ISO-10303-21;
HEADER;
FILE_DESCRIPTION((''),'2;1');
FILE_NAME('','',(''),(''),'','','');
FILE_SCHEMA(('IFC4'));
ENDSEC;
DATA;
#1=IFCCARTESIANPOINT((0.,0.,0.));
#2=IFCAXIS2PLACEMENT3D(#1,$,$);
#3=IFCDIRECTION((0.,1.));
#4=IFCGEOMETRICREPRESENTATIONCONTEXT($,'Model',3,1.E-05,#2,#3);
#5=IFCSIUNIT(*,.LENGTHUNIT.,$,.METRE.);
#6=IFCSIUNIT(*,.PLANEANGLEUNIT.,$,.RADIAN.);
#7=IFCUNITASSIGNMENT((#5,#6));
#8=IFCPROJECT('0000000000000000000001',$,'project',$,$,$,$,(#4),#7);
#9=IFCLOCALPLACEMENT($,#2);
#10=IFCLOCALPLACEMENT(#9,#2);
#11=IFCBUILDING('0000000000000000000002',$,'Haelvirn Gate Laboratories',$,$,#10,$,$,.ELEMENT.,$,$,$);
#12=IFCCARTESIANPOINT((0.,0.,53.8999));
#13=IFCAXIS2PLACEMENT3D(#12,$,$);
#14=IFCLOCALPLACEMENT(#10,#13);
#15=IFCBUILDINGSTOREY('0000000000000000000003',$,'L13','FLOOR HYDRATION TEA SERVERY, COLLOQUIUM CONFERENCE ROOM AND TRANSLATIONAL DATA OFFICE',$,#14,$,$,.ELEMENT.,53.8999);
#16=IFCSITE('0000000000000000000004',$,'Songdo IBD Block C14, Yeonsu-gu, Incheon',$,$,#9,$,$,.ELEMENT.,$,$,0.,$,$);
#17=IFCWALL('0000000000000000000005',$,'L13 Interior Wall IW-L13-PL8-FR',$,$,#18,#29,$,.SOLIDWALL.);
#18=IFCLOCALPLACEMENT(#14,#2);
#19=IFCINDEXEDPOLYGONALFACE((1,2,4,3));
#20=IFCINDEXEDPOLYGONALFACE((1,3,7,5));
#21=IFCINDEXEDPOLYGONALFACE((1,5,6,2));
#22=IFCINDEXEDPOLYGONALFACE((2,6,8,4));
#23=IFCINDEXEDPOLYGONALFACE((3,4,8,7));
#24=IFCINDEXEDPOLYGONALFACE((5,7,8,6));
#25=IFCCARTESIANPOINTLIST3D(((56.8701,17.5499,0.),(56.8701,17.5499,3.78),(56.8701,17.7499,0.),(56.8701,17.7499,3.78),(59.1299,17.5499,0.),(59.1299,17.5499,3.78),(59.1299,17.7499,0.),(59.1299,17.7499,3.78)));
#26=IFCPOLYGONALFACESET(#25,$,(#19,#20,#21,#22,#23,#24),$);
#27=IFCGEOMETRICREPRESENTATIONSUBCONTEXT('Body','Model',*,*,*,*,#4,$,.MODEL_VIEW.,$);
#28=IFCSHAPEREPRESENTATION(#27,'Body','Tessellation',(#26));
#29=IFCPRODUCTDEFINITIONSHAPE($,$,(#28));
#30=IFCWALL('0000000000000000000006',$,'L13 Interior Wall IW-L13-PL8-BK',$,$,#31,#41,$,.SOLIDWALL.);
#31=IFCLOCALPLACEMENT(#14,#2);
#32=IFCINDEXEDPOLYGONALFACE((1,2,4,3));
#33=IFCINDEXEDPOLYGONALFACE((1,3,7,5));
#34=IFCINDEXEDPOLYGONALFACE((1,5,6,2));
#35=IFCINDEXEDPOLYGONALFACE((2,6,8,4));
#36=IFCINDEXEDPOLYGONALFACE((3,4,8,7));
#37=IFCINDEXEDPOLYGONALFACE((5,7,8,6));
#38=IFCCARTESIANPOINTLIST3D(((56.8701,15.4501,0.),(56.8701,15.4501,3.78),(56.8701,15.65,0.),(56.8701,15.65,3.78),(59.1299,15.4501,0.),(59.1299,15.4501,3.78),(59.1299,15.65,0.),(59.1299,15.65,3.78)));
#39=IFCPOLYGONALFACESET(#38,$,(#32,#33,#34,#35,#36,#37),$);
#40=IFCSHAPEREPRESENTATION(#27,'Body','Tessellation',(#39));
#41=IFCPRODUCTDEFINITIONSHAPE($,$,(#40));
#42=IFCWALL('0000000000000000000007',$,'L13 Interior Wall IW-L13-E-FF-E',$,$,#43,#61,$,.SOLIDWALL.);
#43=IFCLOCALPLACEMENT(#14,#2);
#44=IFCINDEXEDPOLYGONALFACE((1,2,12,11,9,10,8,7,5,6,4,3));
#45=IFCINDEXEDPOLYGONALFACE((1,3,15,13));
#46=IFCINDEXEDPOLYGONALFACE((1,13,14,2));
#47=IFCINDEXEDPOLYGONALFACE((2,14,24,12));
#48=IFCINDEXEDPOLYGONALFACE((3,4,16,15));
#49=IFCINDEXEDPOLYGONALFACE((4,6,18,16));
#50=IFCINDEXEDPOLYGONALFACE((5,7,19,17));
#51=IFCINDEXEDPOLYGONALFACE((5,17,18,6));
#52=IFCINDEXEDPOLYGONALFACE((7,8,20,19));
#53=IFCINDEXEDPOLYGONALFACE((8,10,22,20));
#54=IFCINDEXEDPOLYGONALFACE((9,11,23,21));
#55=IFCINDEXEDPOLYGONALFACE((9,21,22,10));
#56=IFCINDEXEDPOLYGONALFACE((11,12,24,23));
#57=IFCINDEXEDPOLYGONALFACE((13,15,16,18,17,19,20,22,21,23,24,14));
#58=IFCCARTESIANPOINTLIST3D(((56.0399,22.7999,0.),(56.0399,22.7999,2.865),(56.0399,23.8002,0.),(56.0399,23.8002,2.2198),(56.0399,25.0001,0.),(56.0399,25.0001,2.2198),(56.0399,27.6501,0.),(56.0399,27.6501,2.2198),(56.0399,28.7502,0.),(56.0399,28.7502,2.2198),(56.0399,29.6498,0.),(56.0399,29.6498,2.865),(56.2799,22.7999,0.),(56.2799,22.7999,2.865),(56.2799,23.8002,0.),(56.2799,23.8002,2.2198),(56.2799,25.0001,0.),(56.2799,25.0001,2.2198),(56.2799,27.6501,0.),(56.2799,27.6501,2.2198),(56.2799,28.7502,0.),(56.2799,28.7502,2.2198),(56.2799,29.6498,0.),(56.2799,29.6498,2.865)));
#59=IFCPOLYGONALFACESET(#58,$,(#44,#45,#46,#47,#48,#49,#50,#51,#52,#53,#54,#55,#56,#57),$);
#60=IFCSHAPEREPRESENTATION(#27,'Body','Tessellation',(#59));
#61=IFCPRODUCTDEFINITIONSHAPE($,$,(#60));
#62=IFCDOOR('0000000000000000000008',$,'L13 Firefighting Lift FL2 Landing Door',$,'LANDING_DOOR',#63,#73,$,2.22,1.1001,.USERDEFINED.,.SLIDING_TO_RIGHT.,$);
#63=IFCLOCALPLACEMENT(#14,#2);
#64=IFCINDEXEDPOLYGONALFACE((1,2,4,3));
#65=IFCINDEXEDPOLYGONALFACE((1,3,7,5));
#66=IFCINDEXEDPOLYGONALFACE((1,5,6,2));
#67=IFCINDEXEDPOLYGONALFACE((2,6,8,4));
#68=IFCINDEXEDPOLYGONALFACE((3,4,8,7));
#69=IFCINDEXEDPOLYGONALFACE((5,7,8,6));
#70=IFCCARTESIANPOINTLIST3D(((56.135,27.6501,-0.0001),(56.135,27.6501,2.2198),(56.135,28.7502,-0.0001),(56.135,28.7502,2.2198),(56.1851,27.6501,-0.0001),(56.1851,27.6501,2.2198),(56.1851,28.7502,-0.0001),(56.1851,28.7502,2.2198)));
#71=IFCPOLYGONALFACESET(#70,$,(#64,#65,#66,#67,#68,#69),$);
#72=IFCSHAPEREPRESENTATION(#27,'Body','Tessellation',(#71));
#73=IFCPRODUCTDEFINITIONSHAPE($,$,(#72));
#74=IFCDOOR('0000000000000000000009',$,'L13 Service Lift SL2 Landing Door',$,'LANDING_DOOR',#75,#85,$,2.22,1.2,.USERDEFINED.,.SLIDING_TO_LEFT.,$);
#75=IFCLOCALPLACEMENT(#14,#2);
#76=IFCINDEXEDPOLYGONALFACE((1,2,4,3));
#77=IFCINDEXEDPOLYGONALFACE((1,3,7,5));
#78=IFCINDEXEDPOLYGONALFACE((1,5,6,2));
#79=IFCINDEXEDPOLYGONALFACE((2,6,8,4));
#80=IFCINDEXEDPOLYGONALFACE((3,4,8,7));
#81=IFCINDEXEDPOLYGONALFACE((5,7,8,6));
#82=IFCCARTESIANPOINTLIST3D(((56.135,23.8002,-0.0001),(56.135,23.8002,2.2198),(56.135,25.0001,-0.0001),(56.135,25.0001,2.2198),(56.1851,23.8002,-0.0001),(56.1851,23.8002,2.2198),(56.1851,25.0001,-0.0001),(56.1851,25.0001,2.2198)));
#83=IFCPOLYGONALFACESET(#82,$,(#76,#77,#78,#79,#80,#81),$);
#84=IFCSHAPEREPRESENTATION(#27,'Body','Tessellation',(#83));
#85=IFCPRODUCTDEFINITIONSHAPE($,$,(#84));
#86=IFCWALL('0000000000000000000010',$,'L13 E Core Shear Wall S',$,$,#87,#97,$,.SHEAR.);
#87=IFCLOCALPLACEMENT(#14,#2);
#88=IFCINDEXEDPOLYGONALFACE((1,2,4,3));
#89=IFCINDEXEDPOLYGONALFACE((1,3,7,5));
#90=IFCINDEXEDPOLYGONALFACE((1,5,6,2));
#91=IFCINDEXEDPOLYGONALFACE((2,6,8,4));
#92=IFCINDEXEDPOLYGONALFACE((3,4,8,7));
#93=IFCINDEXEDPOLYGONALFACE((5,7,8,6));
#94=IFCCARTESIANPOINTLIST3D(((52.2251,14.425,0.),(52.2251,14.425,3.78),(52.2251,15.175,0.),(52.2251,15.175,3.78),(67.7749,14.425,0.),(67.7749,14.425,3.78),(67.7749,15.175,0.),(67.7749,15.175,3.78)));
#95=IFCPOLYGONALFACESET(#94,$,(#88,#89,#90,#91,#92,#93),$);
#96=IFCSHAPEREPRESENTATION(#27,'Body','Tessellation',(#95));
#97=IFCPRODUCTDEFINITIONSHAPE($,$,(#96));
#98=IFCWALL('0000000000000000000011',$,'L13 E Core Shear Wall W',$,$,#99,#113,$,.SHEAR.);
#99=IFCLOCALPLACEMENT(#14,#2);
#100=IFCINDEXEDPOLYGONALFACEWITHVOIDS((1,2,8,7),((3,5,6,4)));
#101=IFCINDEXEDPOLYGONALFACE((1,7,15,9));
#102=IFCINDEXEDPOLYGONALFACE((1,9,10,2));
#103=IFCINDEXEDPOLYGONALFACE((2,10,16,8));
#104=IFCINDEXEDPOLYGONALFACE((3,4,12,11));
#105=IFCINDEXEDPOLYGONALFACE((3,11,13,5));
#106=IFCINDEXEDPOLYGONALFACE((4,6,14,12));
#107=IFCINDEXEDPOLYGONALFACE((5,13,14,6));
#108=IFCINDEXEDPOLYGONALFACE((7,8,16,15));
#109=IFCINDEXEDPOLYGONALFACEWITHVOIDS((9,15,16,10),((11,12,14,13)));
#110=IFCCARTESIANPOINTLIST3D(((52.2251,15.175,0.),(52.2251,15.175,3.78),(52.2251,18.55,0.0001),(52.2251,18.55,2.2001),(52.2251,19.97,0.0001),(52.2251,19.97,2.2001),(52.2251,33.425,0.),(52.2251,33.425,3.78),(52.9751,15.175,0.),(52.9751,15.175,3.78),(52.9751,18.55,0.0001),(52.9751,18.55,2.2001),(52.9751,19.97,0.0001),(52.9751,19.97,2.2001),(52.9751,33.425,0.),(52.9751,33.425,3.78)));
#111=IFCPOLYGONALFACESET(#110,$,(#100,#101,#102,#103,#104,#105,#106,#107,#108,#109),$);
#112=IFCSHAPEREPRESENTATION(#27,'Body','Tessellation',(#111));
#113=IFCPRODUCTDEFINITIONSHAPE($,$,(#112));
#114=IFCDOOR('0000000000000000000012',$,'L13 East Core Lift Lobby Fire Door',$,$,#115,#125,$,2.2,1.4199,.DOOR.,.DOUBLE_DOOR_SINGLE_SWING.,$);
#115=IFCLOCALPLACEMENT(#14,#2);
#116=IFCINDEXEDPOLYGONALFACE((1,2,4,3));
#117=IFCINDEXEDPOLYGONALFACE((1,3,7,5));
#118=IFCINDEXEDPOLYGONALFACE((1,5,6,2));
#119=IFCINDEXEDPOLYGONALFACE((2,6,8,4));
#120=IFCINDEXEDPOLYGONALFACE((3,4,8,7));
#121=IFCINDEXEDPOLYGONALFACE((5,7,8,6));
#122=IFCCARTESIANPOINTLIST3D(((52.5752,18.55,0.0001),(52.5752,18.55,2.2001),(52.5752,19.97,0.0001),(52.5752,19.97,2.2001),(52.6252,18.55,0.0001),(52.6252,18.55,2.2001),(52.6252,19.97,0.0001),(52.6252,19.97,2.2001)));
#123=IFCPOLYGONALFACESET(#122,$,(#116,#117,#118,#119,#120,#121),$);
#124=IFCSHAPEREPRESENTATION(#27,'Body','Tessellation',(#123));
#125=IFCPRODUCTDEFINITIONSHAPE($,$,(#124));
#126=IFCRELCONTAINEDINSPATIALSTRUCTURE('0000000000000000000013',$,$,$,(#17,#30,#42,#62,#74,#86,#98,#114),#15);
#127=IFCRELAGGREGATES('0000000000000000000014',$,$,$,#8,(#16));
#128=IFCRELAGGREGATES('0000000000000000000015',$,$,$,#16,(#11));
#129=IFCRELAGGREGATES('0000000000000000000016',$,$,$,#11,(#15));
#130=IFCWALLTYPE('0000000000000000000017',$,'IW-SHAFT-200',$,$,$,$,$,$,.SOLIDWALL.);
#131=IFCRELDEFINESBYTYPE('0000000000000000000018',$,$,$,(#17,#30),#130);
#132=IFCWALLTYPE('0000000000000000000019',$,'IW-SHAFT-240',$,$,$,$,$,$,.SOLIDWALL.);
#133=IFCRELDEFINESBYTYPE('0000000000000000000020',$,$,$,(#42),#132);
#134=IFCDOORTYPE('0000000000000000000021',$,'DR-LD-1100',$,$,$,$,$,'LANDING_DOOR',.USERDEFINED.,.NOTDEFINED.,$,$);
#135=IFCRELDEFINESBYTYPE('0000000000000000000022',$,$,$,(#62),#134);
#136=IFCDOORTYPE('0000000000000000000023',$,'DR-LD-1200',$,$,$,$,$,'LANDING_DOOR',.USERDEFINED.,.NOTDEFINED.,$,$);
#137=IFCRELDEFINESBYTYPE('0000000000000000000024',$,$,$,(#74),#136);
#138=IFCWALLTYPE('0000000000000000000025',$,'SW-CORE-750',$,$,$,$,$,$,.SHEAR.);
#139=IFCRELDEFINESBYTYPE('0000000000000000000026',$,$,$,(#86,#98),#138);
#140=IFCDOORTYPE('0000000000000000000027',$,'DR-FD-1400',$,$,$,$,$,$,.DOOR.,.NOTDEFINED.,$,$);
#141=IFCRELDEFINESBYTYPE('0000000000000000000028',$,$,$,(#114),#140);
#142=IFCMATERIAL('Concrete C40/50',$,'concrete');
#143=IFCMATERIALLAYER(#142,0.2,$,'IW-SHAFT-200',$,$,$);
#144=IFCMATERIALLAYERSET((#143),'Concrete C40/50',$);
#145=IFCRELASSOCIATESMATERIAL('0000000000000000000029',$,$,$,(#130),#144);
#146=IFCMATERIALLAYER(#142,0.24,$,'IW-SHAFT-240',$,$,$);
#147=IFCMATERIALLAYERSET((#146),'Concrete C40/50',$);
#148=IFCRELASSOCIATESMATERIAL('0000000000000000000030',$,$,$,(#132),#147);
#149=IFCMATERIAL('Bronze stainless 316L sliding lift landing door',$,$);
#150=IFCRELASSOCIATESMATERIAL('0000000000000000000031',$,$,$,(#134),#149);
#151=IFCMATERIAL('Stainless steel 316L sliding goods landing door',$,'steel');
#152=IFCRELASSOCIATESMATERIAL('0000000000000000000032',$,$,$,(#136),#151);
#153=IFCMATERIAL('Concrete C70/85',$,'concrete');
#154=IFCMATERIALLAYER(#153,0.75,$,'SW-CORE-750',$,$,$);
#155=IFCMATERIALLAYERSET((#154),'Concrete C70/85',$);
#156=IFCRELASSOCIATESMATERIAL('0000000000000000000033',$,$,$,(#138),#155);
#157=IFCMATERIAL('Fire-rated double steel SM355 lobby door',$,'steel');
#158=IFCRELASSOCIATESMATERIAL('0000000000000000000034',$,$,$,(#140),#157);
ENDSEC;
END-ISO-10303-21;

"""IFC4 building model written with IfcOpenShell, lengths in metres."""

from ifc_helpers import new_model, si_unit, direction, frame, frame_2d, origin, place, context, subcontext, project, spatial, rectangle, extrude, source, transform, mapped, material, layer, layer_set, type_object, type_shapes, element, fill, save


model = new_model("IFC4")

# Units and contexts
model_context = context("Model", 3, precision=1e-05, world=origin(), true_north=direction((0.0, 1.0)))
body_context = subcontext(model_context, "Body", "Model", "MODEL_VIEW")
ifc_project = project(units=[si_unit("LENGTHUNIT", "METRE"), si_unit("PLANEANGLEUNIT", "RADIAN")], contexts=[model_context])

# Site, building, storey
site_placement = place(None, origin())
site = spatial("IfcSite", under=ifc_project, at=site_placement, Name="Songdo IBD Block C14, Yeonsu-gu, Incheon", CompositionType="ELEMENT", RefElevation=0.0)
building_placement = place(site_placement, origin())
building = spatial("IfcBuilding", under=site, at=building_placement, Name="Haelvirn Gate Laboratories", CompositionType="ELEMENT")
storey_placement = place(building_placement, frame((0.0, 0.0, 53.8999)))
storey = spatial("IfcBuildingStorey", under=building, at=storey_placement, Name="L13", Description="FLOOR HYDRATION TEA SERVERY, COLLOQUIUM CONFERENCE ROOM AND TRANSLATIONAL DATA OFFICE", CompositionType="ELEMENT", Elevation=53.8999)

# Shared definitions
ifc_material_1 = material(Name="Concrete C70/85", Category="concrete")

# Walls
ifc_material_2 = material(Name="Concrete C40/50", Category="concrete")
ifc_layer_1 = layer(ifc_material_2, 0.2, Name="IW-SHAFT-200")
ifc_layer_set_1 = layer_set([ifc_layer_1], Name="Concrete C40/50")
wall_type_1 = type_object("IfcWallType", Name="IW-SHAFT-200", PredefinedType="SOLIDWALL", material=ifc_layer_set_1)
for number, where, z_axis, x_axis, name in (
    (1, (56.8701, 17.6499, 0.0), (0.0, 0.0, 1.0), (1.0, 0.0, 0.0), "L13 Interior Wall IW-L13-PL8-FR"),
    (2, (56.8701, 15.55, 0.0), (0.0, 0.0, 1.0), (1.0, 0.0, 0.0), "L13 Interior Wall IW-L13-PL8-BK"),
):
    element("IfcWall", number, at=place(storey_placement, frame(where, z_axis=z_axis, x_axis=x_axis)), inside=storey, type_object=wall_type_1, Name=name, PredefinedType="SOLIDWALL", context=body_context, shape_type="SweptSolid", body=[
        extrude(rectangle(XDim=2.2598, YDim=0.2, at=frame_2d((1.1299, 0.0))), origin(), (0.0, 0.0, 1.0), 3.78),
    ])

# Wall, openings, doors
ifc_layer_2 = layer(ifc_material_2, 0.24, Name="IW-SHAFT-240")
ifc_layer_set_2 = layer_set([ifc_layer_2], Name="Concrete C40/50")
wall_type_2 = type_object("IfcWallType", Name="IW-SHAFT-240", PredefinedType="SOLIDWALL", material=ifc_layer_set_2)
wall_1_placement = place(storey_placement, frame((56.1599, 22.8, 0.0), z_axis=(0.0, 0.0, 1.0), x_axis=(0.0, 1.0, 0.0)))
wall_1 = element("IfcWall", 3, at=wall_1_placement, inside=storey, type_object=wall_type_2, Name="L13 Interior Wall IW-L13-E-FF-E", PredefinedType="SOLIDWALL", context=body_context, shape_type="SweptSolid", body=[
    extrude(rectangle(XDim=6.8499, YDim=0.24, at=frame_2d((3.4248, 0.0))), origin(), (0.0, 0.0, 1.0), 2.865),
])
opening_1_placement = place(wall_1_placement, frame((4.8501, 0.0, 0.0)))
opening_1 = element("IfcOpeningElement", 4, at=opening_1_placement, cuts=wall_1, PredefinedType="OPENING", context=body_context, shape_type="SweptSolid", body=[
    extrude(rectangle(XDim=1.1001, YDim=2.22, at=frame_2d((0.55, 1.1099))), frame((0.0, 0.1299, 0.0), z_axis=(0.0, -1.0, 0.0), x_axis=(1.0, 0.0, 0.0)), (0.0, 0.0, 1.0), 0.26),
])
opening_2_placement = place(wall_1_placement, frame((1.0, 0.0, 0.0)))
opening_2 = element("IfcOpeningElement", 5, at=opening_2_placement, cuts=wall_1, PredefinedType="OPENING", context=body_context, shape_type="SweptSolid", body=[
    extrude(rectangle(XDim=1.2, YDim=2.22, at=frame_2d((0.6001, 1.1099))), frame((0.0, 0.1299, 0.0), z_axis=(0.0, -1.0, 0.0), x_axis=(1.0, 0.0, 0.0)), (0.0, 0.0, 1.0), 0.26),
])
ifc_material_3 = material(Name="Bronze stainless 316L sliding lift landing door")
door_type_1 = type_object("IfcDoorType", Name="DR-LD-1100", ElementType="LANDING_DOOR", OperationType="NOTDEFINED", PredefinedType="USERDEFINED", material=ifc_material_3)
shared_shape_1 = source(origin(), body_context, "Body", "SweptSolid", [
    extrude(rectangle(XDim=1.1001, YDim=2.22, at=frame_2d((0.55, 1.1099))), frame((0.0, 0.0249, 0.0), z_axis=(0.0, -1.0, 0.0), x_axis=(1.0, 0.0, 0.0)), (0.0, 0.0, 1.0), 0.05),
])
type_shapes(door_type_1, [shared_shape_1])
door_1_placement = place(opening_1_placement, origin())
door_1 = element("IfcDoor", 6, at=door_1_placement, inside=storey, type_object=door_type_1, Name="L13 Firefighting Lift FL2 Landing Door", ObjectType="LANDING_DOOR", OperationType="SLIDING_TO_RIGHT", OverallHeight=2.22, OverallWidth=1.1001, PredefinedType="USERDEFINED", context=body_context, shape_type="MappedRepresentation", body=[
    mapped(shared_shape_1, transform((0.0, 0.0, 0.0), scale=1.0)),
])
fill(opening_1, door_1)
ifc_material_4 = material(Name="Stainless steel 316L sliding goods landing door", Category="steel")
door_type_2 = type_object("IfcDoorType", Name="DR-LD-1200", ElementType="LANDING_DOOR", OperationType="NOTDEFINED", PredefinedType="USERDEFINED", material=ifc_material_4)
shared_shape_2 = source(origin(), body_context, "Body", "SweptSolid", [
    extrude(rectangle(XDim=1.2, YDim=2.22, at=frame_2d((0.6001, 1.1099))), frame((0.0, 0.0249, 0.0), z_axis=(0.0, -1.0, 0.0), x_axis=(1.0, 0.0, 0.0)), (0.0, 0.0, 1.0), 0.05),
])
type_shapes(door_type_2, [shared_shape_2])
door_2_placement = place(opening_2_placement, origin())
door_2 = element("IfcDoor", 7, at=door_2_placement, inside=storey, type_object=door_type_2, Name="L13 Service Lift SL2 Landing Door", ObjectType="LANDING_DOOR", OperationType="SLIDING_TO_LEFT", OverallHeight=2.22, OverallWidth=1.2, PredefinedType="USERDEFINED", context=body_context, shape_type="MappedRepresentation", body=[
    mapped(shared_shape_2, transform((0.0, 0.0, 0.0), scale=1.0)),
])
fill(opening_2, door_2)

# Wall
ifc_layer_3 = layer(ifc_material_1, 0.75, Name="SW-CORE-750")
ifc_layer_set_3 = layer_set([ifc_layer_3], Name="Concrete C70/85")
wall_type_3 = type_object("IfcWallType", Name="SW-CORE-750", PredefinedType="SHEAR", material=ifc_layer_set_3)
wall_2_placement = place(storey_placement, frame((52.2251, 14.8, 0.0), z_axis=(0.0, 0.0, 1.0), x_axis=(1.0, 0.0, 0.0)))
element("IfcWall", 8, at=wall_2_placement, inside=storey, type_object=wall_type_3, Name="L13 E Core Shear Wall S", PredefinedType="SHEAR", context=body_context, shape_type="SweptSolid", body=[
    extrude(rectangle(XDim=15.5498, YDim=0.75, at=frame_2d((7.7749, 0.0))), origin(), (0.0, 0.0, 1.0), 3.78),
])

# Wall, opening, door
wall_3_placement = place(storey_placement, frame((52.6001, 15.175, 0.0), z_axis=(0.0, 0.0, 1.0), x_axis=(0.0, 1.0, 0.0)))
wall_3 = element("IfcWall", 9, at=wall_3_placement, inside=storey, type_object=wall_type_3, Name="L13 E Core Shear Wall W", PredefinedType="SHEAR", context=body_context, shape_type="SweptSolid", body=[
    extrude(rectangle(XDim=18.25, YDim=0.75, at=frame_2d((9.125, 0.0))), origin(), (0.0, 0.0, 1.0), 3.78),
])
opening_3_placement = place(wall_3_placement, frame((3.375, 0.0, 0.0)))
opening_3 = element("IfcOpeningElement", 10, at=opening_3_placement, cuts=wall_3, PredefinedType="OPENING", context=body_context, shape_type="SweptSolid", body=[
    extrude(rectangle(XDim=1.4199, YDim=2.2, at=frame_2d((0.71, 1.1001))), frame((0.0, 0.385, 0.0), z_axis=(0.0, -1.0, 0.0), x_axis=(1.0, 0.0, 0.0)), (0.0, 0.0, 1.0), 0.77),
])
ifc_material_5 = material(Name="Fire-rated double steel SM355 lobby door", Category="steel")
door_type_3 = type_object("IfcDoorType", Name="DR-FD-1400", OperationType="NOTDEFINED", PredefinedType="DOOR", material=ifc_material_5)
shared_shape_3 = source(origin(), body_context, "Body", "SweptSolid", [
    extrude(rectangle(XDim=1.4199, YDim=2.2, at=frame_2d((0.71, 1.1001))), frame((0.0, 0.0249, 0.0), z_axis=(0.0, -1.0, 0.0), x_axis=(1.0, 0.0, 0.0)), (0.0, 0.0, 1.0), 0.05),
])
type_shapes(door_type_3, [shared_shape_3])
door_3_placement = place(opening_3_placement, origin())
door_3 = element("IfcDoor", 11, at=door_3_placement, inside=storey, type_object=door_type_3, Name="L13 East Core Lift Lobby Fire Door", OperationType="DOUBLE_DOOR_SINGLE_SWING", OverallHeight=2.2, OverallWidth=1.4199, PredefinedType="DOOR", context=body_context, shape_type="MappedRepresentation", body=[
    mapped(shared_shape_3, transform((0.0, 0.0, 0.0), scale=1.0)),
])
fill(opening_3, door_3)

save(model, "model.ifc")
